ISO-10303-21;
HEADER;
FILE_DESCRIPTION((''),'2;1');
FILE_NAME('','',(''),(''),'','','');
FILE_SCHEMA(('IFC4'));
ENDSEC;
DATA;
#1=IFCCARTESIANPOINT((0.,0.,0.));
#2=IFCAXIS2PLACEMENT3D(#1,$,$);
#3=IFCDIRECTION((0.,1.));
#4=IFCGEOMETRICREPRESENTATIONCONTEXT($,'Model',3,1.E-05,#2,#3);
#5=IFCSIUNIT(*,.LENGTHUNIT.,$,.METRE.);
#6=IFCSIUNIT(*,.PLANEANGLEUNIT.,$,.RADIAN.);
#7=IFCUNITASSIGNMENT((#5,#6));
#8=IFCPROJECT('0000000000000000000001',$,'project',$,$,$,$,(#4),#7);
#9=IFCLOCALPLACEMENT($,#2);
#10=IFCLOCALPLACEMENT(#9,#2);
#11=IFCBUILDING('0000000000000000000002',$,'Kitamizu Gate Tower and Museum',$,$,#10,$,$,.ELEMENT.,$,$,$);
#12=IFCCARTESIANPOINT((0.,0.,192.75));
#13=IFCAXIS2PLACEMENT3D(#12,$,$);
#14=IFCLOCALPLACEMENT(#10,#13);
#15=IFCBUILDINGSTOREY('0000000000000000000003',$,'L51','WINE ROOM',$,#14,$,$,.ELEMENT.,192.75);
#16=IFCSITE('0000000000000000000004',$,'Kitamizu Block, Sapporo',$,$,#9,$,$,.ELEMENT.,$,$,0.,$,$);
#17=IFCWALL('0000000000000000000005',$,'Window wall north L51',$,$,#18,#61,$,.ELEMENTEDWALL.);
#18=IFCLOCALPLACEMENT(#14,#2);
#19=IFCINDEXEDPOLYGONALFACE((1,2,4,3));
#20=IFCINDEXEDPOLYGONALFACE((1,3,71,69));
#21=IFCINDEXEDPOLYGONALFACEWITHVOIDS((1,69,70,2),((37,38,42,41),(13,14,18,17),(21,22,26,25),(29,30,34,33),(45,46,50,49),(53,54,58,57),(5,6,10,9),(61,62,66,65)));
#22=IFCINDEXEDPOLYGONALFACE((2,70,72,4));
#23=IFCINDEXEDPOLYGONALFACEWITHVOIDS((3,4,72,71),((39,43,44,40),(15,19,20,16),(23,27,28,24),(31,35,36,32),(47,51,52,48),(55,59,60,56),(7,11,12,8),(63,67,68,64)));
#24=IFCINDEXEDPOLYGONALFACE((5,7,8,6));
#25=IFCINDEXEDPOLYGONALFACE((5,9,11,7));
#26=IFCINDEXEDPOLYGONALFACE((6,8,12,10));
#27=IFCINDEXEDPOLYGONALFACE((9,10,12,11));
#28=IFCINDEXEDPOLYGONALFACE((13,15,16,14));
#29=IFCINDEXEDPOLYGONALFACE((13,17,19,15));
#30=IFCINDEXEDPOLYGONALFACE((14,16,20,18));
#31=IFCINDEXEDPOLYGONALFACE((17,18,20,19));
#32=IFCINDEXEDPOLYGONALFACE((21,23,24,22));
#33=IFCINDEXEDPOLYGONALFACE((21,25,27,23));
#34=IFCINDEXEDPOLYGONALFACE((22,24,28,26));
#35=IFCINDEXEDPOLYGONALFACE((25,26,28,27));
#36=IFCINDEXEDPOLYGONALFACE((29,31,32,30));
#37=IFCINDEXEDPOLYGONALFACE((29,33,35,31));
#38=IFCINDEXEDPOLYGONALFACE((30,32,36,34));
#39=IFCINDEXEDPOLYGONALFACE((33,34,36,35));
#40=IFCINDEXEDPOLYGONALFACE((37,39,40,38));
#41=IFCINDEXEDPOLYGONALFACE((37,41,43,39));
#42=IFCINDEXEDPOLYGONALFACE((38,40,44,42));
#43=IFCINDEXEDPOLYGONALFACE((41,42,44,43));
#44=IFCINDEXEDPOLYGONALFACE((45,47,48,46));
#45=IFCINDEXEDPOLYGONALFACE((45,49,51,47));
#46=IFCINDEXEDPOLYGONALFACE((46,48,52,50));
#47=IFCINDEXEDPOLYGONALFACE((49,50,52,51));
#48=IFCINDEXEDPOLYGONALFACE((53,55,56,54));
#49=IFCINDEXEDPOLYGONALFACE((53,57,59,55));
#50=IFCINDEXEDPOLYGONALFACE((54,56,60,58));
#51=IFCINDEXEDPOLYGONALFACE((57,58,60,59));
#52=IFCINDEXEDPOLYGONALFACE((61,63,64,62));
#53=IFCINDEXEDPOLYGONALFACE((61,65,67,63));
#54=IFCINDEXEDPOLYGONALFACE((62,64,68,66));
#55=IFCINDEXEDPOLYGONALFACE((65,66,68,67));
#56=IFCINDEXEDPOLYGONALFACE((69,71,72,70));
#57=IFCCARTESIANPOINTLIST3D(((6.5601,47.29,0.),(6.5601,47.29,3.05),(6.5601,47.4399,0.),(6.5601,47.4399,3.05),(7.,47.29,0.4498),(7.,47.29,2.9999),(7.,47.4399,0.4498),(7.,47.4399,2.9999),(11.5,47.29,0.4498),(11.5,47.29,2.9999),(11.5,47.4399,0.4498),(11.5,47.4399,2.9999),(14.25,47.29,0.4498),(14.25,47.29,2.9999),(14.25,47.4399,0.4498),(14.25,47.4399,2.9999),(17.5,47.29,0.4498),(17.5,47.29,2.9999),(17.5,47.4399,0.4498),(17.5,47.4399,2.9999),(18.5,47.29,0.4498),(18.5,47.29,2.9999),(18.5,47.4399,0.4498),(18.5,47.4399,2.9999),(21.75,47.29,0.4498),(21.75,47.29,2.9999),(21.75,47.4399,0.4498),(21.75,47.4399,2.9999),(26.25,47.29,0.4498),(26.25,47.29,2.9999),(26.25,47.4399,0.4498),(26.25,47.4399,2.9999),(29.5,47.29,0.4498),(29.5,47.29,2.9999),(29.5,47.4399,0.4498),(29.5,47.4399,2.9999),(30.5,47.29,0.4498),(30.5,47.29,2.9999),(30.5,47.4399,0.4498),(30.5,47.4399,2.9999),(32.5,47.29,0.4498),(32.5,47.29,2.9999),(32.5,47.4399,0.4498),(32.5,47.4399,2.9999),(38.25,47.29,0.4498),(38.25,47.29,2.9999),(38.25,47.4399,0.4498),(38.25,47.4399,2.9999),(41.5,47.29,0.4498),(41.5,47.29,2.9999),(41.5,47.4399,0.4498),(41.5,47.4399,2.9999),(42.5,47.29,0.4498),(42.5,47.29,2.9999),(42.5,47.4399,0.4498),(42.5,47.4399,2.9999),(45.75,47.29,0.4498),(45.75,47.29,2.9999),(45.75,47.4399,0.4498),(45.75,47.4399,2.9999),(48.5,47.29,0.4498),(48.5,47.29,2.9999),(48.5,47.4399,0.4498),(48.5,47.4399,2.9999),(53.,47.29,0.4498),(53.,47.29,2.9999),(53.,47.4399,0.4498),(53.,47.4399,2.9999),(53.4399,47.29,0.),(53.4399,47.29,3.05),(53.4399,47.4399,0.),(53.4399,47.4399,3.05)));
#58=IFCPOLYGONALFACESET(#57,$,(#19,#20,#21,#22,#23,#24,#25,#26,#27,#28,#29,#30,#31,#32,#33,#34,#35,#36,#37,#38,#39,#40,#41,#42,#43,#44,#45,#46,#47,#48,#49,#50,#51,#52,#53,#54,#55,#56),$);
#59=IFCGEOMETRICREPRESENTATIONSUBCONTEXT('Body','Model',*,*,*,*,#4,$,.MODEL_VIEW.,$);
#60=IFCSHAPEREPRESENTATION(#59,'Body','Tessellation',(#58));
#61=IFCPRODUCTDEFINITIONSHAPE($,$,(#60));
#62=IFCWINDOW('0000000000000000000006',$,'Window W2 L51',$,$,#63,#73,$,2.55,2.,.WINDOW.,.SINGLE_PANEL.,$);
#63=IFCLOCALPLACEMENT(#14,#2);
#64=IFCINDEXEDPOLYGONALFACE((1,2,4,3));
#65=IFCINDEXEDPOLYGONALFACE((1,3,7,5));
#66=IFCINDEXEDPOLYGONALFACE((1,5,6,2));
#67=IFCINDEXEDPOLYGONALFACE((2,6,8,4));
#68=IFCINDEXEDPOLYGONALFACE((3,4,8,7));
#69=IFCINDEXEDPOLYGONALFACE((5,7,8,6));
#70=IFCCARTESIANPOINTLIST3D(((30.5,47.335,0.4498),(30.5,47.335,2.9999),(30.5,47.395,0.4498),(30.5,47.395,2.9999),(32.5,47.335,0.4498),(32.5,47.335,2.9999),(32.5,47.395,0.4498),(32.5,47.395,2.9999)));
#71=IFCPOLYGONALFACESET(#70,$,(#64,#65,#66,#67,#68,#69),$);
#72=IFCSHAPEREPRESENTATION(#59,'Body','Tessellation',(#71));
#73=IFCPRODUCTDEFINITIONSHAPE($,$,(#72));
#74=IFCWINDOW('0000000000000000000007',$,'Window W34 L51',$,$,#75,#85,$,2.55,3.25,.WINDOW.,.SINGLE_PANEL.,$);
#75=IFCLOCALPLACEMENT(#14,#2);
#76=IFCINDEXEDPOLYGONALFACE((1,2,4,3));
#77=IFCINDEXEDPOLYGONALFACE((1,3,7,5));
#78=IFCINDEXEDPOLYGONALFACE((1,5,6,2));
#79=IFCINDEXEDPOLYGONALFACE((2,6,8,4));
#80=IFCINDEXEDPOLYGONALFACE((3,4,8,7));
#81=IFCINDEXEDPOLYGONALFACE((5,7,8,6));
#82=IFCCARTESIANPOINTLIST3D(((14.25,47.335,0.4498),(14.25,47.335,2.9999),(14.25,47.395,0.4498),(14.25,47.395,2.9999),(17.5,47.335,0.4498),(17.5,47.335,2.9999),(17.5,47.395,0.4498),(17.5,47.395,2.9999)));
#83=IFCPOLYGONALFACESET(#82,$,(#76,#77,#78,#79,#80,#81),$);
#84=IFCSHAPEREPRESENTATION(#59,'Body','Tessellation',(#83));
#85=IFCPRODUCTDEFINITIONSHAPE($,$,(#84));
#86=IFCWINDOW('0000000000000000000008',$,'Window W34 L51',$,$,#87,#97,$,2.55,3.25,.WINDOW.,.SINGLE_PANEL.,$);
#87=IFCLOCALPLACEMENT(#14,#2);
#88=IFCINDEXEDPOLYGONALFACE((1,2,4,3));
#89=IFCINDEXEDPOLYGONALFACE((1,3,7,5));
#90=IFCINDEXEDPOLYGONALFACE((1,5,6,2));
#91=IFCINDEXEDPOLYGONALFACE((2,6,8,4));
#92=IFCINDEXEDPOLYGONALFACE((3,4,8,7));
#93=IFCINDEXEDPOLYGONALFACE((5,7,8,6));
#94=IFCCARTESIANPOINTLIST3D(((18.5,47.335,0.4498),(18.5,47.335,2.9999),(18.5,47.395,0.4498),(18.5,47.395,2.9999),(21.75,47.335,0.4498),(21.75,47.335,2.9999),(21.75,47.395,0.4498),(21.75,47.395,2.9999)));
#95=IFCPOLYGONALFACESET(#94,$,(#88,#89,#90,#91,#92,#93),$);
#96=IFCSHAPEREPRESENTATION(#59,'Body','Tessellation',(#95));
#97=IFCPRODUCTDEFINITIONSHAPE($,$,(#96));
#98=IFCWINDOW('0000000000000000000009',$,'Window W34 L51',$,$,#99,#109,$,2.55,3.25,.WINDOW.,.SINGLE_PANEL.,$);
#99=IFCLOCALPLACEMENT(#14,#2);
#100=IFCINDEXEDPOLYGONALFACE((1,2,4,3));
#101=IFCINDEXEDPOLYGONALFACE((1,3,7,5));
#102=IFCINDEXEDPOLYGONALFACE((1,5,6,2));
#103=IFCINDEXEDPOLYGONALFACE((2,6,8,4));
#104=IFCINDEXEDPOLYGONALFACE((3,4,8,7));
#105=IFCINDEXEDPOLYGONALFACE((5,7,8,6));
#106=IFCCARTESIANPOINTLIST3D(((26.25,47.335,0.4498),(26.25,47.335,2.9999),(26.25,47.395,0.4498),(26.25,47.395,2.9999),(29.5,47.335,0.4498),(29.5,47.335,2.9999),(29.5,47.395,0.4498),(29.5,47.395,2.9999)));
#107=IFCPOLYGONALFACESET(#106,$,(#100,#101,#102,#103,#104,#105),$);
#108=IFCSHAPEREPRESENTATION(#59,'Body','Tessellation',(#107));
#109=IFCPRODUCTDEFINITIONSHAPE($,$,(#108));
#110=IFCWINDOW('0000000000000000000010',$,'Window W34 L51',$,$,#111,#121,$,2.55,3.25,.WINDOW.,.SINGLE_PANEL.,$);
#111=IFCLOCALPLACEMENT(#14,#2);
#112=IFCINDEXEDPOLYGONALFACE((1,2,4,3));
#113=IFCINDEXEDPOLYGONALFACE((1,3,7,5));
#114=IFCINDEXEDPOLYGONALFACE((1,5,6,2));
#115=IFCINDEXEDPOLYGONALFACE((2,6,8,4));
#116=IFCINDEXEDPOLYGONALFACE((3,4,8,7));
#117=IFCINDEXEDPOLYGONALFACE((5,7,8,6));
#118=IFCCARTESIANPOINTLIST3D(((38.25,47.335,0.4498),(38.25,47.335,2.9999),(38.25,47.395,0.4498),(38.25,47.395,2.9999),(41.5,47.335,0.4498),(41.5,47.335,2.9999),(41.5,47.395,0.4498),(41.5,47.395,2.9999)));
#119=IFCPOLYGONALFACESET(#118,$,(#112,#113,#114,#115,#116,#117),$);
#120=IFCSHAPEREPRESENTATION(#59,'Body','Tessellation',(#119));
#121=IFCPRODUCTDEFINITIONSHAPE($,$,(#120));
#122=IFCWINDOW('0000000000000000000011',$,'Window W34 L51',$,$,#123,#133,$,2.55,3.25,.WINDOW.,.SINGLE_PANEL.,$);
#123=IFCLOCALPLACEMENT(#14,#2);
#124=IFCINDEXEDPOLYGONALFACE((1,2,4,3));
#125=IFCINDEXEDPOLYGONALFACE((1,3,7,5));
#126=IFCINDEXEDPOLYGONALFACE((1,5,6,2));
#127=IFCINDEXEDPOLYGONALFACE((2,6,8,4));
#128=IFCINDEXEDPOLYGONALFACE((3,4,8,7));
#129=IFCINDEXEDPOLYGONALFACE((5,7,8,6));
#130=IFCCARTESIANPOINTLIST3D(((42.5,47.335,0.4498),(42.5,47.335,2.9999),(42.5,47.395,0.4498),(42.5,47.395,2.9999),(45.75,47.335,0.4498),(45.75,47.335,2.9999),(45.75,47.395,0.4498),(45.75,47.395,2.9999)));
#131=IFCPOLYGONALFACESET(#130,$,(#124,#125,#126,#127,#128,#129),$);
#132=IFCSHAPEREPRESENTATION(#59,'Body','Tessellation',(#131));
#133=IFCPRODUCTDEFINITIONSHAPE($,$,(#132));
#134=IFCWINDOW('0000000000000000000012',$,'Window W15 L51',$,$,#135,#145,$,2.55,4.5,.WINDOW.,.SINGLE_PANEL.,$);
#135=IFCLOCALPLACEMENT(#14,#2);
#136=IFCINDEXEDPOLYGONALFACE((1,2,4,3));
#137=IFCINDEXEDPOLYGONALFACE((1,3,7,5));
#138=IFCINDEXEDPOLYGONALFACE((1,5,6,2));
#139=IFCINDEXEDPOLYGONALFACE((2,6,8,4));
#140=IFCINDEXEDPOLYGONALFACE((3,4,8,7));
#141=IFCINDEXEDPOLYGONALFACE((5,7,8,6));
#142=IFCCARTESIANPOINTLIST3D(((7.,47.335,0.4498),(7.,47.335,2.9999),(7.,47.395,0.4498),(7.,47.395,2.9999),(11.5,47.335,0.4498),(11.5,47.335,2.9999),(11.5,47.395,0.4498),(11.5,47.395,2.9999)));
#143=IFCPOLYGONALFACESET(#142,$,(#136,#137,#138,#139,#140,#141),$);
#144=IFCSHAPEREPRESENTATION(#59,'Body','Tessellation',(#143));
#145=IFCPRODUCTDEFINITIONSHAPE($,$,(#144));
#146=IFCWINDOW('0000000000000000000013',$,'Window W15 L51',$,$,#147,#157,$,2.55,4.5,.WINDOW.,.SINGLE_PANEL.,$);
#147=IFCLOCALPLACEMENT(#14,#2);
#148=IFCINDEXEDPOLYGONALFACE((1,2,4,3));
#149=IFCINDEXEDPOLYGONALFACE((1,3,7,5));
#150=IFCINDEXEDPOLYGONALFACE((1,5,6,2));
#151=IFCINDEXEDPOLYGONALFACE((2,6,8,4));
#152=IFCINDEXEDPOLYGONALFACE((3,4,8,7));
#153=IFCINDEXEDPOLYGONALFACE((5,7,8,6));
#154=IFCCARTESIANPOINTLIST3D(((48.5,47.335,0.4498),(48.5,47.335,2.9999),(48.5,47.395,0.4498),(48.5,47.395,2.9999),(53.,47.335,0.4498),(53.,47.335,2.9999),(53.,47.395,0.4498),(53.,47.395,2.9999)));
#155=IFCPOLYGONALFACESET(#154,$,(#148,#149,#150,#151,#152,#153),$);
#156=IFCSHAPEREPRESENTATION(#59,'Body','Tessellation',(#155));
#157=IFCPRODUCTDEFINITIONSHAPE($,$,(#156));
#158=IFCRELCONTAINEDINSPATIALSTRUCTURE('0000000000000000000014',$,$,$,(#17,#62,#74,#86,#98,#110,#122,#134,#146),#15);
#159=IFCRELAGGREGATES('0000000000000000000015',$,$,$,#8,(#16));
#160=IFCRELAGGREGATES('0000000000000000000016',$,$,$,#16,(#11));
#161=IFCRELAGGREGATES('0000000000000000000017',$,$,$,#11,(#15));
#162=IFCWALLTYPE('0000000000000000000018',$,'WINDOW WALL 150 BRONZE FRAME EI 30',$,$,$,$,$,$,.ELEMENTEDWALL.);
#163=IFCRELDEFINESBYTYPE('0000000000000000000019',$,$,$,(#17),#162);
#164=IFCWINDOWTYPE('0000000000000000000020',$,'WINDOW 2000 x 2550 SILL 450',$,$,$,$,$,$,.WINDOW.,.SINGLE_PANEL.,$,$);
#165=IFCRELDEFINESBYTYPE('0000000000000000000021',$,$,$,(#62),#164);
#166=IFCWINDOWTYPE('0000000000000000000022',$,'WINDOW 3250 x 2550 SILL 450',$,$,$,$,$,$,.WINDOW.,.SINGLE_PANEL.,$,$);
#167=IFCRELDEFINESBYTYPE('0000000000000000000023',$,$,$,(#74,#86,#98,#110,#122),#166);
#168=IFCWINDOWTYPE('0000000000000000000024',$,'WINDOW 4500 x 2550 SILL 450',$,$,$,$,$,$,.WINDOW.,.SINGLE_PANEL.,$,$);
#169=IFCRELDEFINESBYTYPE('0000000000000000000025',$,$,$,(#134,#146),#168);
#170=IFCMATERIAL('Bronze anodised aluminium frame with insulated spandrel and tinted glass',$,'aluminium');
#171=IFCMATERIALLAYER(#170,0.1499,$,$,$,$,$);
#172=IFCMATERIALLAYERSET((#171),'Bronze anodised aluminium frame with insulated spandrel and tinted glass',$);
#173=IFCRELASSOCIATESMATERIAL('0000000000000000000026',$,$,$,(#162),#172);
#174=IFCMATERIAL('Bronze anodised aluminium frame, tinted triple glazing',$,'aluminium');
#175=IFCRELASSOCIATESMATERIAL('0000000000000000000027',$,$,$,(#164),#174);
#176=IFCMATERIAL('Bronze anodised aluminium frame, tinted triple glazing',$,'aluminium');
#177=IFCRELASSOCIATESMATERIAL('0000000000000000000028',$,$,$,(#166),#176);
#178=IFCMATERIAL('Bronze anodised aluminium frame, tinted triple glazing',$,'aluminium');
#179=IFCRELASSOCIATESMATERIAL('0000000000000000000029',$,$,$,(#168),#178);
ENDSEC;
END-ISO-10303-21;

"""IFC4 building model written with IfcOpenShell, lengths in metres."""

from ifc_helpers import new_model, si_unit, direction, frame, frame_2d, origin, place, context, subcontext, project, spatial, rectangle, extrude, material, layer, layer_set, type_object, element, fill, save


model = new_model("IFC4")

# Units and contexts
model_context = context("Model", 3, precision=1e-05, world=origin(), true_north=direction((0.0, 1.0)))
body_context = subcontext(model_context, "Body", "Model", "MODEL_VIEW")
ifc_project = project(units=[si_unit("LENGTHUNIT", "METRE"), si_unit("PLANEANGLEUNIT", "RADIAN")], contexts=[model_context])

# Site, building, storey
site_placement = place(None, origin())
site = spatial("IfcSite", under=ifc_project, at=site_placement, Name="Kitamizu Block, Sapporo", CompositionType="ELEMENT", RefElevation=0.0)
building_placement = place(site_placement, origin())
building = spatial("IfcBuilding", under=site, at=building_placement, Name="Kitamizu Gate Tower and Museum", CompositionType="ELEMENT")
storey_placement = place(building_placement, frame((0.0, 0.0, 192.75)))
storey = spatial("IfcBuildingStorey", under=building, at=storey_placement, Name="L51", Description="WINE ROOM", CompositionType="ELEMENT", Elevation=192.75)

# Wall, openings, windows
ifc_material_1 = material(Name="Bronze anodised aluminium frame with insulated spandrel and tinted glass", Category="aluminium")
ifc_layer_1 = layer(ifc_material_1, 0.1499)
ifc_layer_set_1 = layer_set([ifc_layer_1], Name="Bronze anodised aluminium frame with insulated spandrel and tinted glass")
wall_type_1 = type_object("IfcWallType", Name="WINDOW WALL 150 BRONZE FRAME EI 30", PredefinedType="ELEMENTEDWALL", material=ifc_layer_set_1)
wall_1_placement = place(storey_placement, frame((6.5601, 47.365, 0.0), z_axis=(0.0, 0.0, 1.0), x_axis=(1.0, 0.0, 0.0)))
wall_1 = element("IfcWall", 1, at=wall_1_placement, inside=storey, type_object=wall_type_1, Name="Window wall north L51", PredefinedType="ELEMENTEDWALL", context=body_context, shape_type="SweptSolid", body=[
    extrude(rectangle(XDim=46.8799, YDim=0.1499, at=frame_2d((23.4399, 0.0))), origin(), (0.0, 0.0, 1.0), 3.05),
])
opening_1_placement = place(wall_1_placement, frame((0.4399, 0.0, 0.45)))
opening_1 = element("IfcOpeningElement", 2, at=opening_1_placement, cuts=wall_1, PredefinedType="OPENING", context=body_context, shape_type="SweptSolid", body=[
    extrude(rectangle(XDim=4.5, YDim=2.55, at=frame_2d((2.25, 1.2749))), frame((0.0, 0.085, 0.0), z_axis=(0.0, -1.0, 0.0), x_axis=(1.0, 0.0, 0.0)), (0.0, 0.0, 1.0), 0.1699),
])
opening_2_placement = place(wall_1_placement, frame((7.6899, 0.0, 0.45)))
opening_2 = element("IfcOpeningElement", 3, at=opening_2_placement, cuts=wall_1, PredefinedType="OPENING", context=body_context, shape_type="SweptSolid", body=[
    extrude(rectangle(XDim=3.25, YDim=2.55, at=frame_2d((1.625, 1.2749))), frame((0.0, 0.085, 0.0), z_axis=(0.0, -1.0, 0.0), x_axis=(1.0, 0.0, 0.0)), (0.0, 0.0, 1.0), 0.1699),
])
opening_3_placement = place(wall_1_placement, frame((11.9399, 0.0, 0.45)))
opening_3 = element("IfcOpeningElement", 4, at=opening_3_placement, cuts=wall_1, PredefinedType="OPENING", context=body_context, shape_type="SweptSolid", body=[
    extrude(rectangle(XDim=3.25, YDim=2.55, at=frame_2d((1.625, 1.2749))), frame((0.0, 0.085, 0.0), z_axis=(0.0, -1.0, 0.0), x_axis=(1.0, 0.0, 0.0)), (0.0, 0.0, 1.0), 0.1699),
])
opening_4_placement = place(wall_1_placement, frame((19.6899, 0.0, 0.45)))
opening_4 = element("IfcOpeningElement", 5, at=opening_4_placement, cuts=wall_1, PredefinedType="OPENING", context=body_context, shape_type="SweptSolid", body=[
    extrude(rectangle(XDim=3.25, YDim=2.55, at=frame_2d((1.625, 1.2749))), frame((0.0, 0.085, 0.0), z_axis=(0.0, -1.0, 0.0), x_axis=(1.0, 0.0, 0.0)), (0.0, 0.0, 1.0), 0.1699),
])
opening_5_placement = place(wall_1_placement, frame((23.9399, 0.0, 0.45)))
opening_5 = element("IfcOpeningElement", 6, at=opening_5_placement, cuts=wall_1, PredefinedType="OPENING", context=body_context, shape_type="SweptSolid", body=[
    extrude(rectangle(XDim=2.0, YDim=2.55, at=frame_2d((1.0, 1.2749))), frame((0.0, 0.085, 0.0), z_axis=(0.0, -1.0, 0.0), x_axis=(1.0, 0.0, 0.0)), (0.0, 0.0, 1.0), 0.1699),
])
opening_6_placement = place(wall_1_placement, frame((31.6899, 0.0, 0.45)))
opening_6 = element("IfcOpeningElement", 7, at=opening_6_placement, cuts=wall_1, PredefinedType="OPENING", context=body_context, shape_type="SweptSolid", body=[
    extrude(rectangle(XDim=3.25, YDim=2.55, at=frame_2d((1.625, 1.2749))), frame((0.0, 0.085, 0.0), z_axis=(0.0, -1.0, 0.0), x_axis=(1.0, 0.0, 0.0)), (0.0, 0.0, 1.0), 0.1699),
])
opening_7_placement = place(wall_1_placement, frame((35.9399, 0.0, 0.45)))
opening_7 = element("IfcOpeningElement", 8, at=opening_7_placement, cuts=wall_1, PredefinedType="OPENING", context=body_context, shape_type="SweptSolid", body=[
    extrude(rectangle(XDim=3.25, YDim=2.55, at=frame_2d((1.625, 1.2749))), frame((0.0, 0.085, 0.0), z_axis=(0.0, -1.0, 0.0), x_axis=(1.0, 0.0, 0.0)), (0.0, 0.0, 1.0), 0.1699),
])
opening_8_placement = place(wall_1_placement, frame((41.9399, 0.0, 0.45)))
opening_8 = element("IfcOpeningElement", 9, at=opening_8_placement, cuts=wall_1, PredefinedType="OPENING", context=body_context, shape_type="SweptSolid", body=[
    extrude(rectangle(XDim=4.5, YDim=2.55, at=frame_2d((2.25, 1.2749))), frame((0.0, 0.085, 0.0), z_axis=(0.0, -1.0, 0.0), x_axis=(1.0, 0.0, 0.0)), (0.0, 0.0, 1.0), 0.1699),
])
ifc_material_2 = material(Name="Bronze anodised aluminium frame, tinted triple glazing", Category="aluminium")
window_type_1 = type_object("IfcWindowType", Name="WINDOW 2000 x 2550 SILL 450", PartitioningType="SINGLE_PANEL", PredefinedType="WINDOW", material=ifc_material_2)
window_1_placement = place(opening_5_placement, origin())
window_1 = element("IfcWindow", 10, at=window_1_placement, inside=storey, type_object=window_type_1, Name="Window W2 L51", OverallHeight=2.55, OverallWidth=2.0, PartitioningType="SINGLE_PANEL", PredefinedType="WINDOW", context=body_context, shape_type="SweptSolid", body=[
    extrude(rectangle(XDim=2.0, YDim=2.55, at=frame_2d((1.0, 1.2749))), frame((0.0, 0.03, 0.0), z_axis=(0.0, -1.0, 0.0), x_axis=(1.0, 0.0, 0.0)), (0.0, 0.0, 1.0), 0.0601),
])
fill(opening_5, window_1)
ifc_material_3 = material(Name="Bronze anodised aluminium frame, tinted triple glazing", Category="aluminium")
window_type_2 = type_object("IfcWindowType", Name="WINDOW 3250 x 2550 SILL 450", PartitioningType="SINGLE_PANEL", PredefinedType="WINDOW", material=ifc_material_3)
window_2_placement = place(opening_2_placement, origin())
window_2 = element("IfcWindow", 11, at=window_2_placement, inside=storey, type_object=window_type_2, Name="Window W34 L51", OverallHeight=2.55, OverallWidth=3.25, PartitioningType="SINGLE_PANEL", PredefinedType="WINDOW", context=body_context, shape_type="SweptSolid", body=[
    extrude(rectangle(XDim=3.25, YDim=2.55, at=frame_2d((1.625, 1.2749))), frame((0.0, 0.03, 0.0), z_axis=(0.0, -1.0, 0.0), x_axis=(1.0, 0.0, 0.0)), (0.0, 0.0, 1.0), 0.0601),
])
fill(opening_2, window_2)
window_3_placement = place(opening_3_placement, origin())
window_3 = element("IfcWindow", 12, at=window_3_placement, inside=storey, type_object=window_type_2, Name="Window W34 L51", OverallHeight=2.55, OverallWidth=3.25, PartitioningType="SINGLE_PANEL", PredefinedType="WINDOW", context=body_context, shape_type="SweptSolid", body=[
    extrude(rectangle(XDim=3.25, YDim=2.55, at=frame_2d((1.625, 1.2749))), frame((0.0, 0.03, 0.0), z_axis=(0.0, -1.0, 0.0), x_axis=(1.0, 0.0, 0.0)), (0.0, 0.0, 1.0), 0.0601),
])
fill(opening_3, window_3)
window_4_placement = place(opening_4_placement, origin())
window_4 = element("IfcWindow", 13, at=window_4_placement, inside=storey, type_object=window_type_2, Name="Window W34 L51", OverallHeight=2.55, OverallWidth=3.25, PartitioningType="SINGLE_PANEL", PredefinedType="WINDOW", context=body_context, shape_type="SweptSolid", body=[
    extrude(rectangle(XDim=3.25, YDim=2.55, at=frame_2d((1.625, 1.2749))), frame((0.0, 0.03, 0.0), z_axis=(0.0, -1.0, 0.0), x_axis=(1.0, 0.0, 0.0)), (0.0, 0.0, 1.0), 0.0601),
])
fill(opening_4, window_4)
window_5_placement = place(opening_6_placement, origin())
window_5 = element("IfcWindow", 14, at=window_5_placement, inside=storey, type_object=window_type_2, Name="Window W34 L51", OverallHeight=2.55, OverallWidth=3.25, PartitioningType="SINGLE_PANEL", PredefinedType="WINDOW", context=body_context, shape_type="SweptSolid", body=[
    extrude(rectangle(XDim=3.25, YDim=2.55, at=frame_2d((1.625, 1.2749))), frame((0.0, 0.03, 0.0), z_axis=(0.0, -1.0, 0.0), x_axis=(1.0, 0.0, 0.0)), (0.0, 0.0, 1.0), 0.0601),
])
fill(opening_6, window_5)
window_6_placement = place(opening_7_placement, origin())
window_6 = element("IfcWindow", 15, at=window_6_placement, inside=storey, type_object=window_type_2, Name="Window W34 L51", OverallHeight=2.55, OverallWidth=3.25, PartitioningType="SINGLE_PANEL", PredefinedType="WINDOW", context=body_context, shape_type="SweptSolid", body=[
    extrude(rectangle(XDim=3.25, YDim=2.55, at=frame_2d((1.625, 1.2749))), frame((0.0, 0.03, 0.0), z_axis=(0.0, -1.0, 0.0), x_axis=(1.0, 0.0, 0.0)), (0.0, 0.0, 1.0), 0.0601),
])
fill(opening_7, window_6)
ifc_material_4 = material(Name="Bronze anodised aluminium frame, tinted triple glazing", Category="aluminium")
window_type_3 = type_object("IfcWindowType", Name="WINDOW 4500 x 2550 SILL 450", PartitioningType="SINGLE_PANEL", PredefinedType="WINDOW", material=ifc_material_4)
window_7_placement = place(opening_1_placement, origin())
window_7 = element("IfcWindow", 16, at=window_7_placement, inside=storey, type_object=window_type_3, Name="Window W15 L51", OverallHeight=2.55, OverallWidth=4.5, PartitioningType="SINGLE_PANEL", PredefinedType="WINDOW", context=body_context, shape_type="SweptSolid", body=[
    extrude(rectangle(XDim=4.5, YDim=2.55, at=frame_2d((2.25, 1.2749))), frame((0.0, 0.03, 0.0), z_axis=(0.0, -1.0, 0.0), x_axis=(1.0, 0.0, 0.0)), (0.0, 0.0, 1.0), 0.0601),
])
fill(opening_1, window_7)
window_8_placement = place(opening_8_placement, origin())
window_8 = element("IfcWindow", 17, at=window_8_placement, inside=storey, type_object=window_type_3, Name="Window W15 L51", OverallHeight=2.55, OverallWidth=4.5, PartitioningType="SINGLE_PANEL", PredefinedType="WINDOW", context=body_context, shape_type="SweptSolid", body=[
    extrude(rectangle(XDim=4.5, YDim=2.55, at=frame_2d((2.25, 1.2749))), frame((0.0, 0.03, 0.0), z_axis=(0.0, -1.0, 0.0), x_axis=(1.0, 0.0, 0.0)), (0.0, 0.0, 1.0), 0.0601),
])
fill(opening_8, window_8)

save(model, "model.ifc")
